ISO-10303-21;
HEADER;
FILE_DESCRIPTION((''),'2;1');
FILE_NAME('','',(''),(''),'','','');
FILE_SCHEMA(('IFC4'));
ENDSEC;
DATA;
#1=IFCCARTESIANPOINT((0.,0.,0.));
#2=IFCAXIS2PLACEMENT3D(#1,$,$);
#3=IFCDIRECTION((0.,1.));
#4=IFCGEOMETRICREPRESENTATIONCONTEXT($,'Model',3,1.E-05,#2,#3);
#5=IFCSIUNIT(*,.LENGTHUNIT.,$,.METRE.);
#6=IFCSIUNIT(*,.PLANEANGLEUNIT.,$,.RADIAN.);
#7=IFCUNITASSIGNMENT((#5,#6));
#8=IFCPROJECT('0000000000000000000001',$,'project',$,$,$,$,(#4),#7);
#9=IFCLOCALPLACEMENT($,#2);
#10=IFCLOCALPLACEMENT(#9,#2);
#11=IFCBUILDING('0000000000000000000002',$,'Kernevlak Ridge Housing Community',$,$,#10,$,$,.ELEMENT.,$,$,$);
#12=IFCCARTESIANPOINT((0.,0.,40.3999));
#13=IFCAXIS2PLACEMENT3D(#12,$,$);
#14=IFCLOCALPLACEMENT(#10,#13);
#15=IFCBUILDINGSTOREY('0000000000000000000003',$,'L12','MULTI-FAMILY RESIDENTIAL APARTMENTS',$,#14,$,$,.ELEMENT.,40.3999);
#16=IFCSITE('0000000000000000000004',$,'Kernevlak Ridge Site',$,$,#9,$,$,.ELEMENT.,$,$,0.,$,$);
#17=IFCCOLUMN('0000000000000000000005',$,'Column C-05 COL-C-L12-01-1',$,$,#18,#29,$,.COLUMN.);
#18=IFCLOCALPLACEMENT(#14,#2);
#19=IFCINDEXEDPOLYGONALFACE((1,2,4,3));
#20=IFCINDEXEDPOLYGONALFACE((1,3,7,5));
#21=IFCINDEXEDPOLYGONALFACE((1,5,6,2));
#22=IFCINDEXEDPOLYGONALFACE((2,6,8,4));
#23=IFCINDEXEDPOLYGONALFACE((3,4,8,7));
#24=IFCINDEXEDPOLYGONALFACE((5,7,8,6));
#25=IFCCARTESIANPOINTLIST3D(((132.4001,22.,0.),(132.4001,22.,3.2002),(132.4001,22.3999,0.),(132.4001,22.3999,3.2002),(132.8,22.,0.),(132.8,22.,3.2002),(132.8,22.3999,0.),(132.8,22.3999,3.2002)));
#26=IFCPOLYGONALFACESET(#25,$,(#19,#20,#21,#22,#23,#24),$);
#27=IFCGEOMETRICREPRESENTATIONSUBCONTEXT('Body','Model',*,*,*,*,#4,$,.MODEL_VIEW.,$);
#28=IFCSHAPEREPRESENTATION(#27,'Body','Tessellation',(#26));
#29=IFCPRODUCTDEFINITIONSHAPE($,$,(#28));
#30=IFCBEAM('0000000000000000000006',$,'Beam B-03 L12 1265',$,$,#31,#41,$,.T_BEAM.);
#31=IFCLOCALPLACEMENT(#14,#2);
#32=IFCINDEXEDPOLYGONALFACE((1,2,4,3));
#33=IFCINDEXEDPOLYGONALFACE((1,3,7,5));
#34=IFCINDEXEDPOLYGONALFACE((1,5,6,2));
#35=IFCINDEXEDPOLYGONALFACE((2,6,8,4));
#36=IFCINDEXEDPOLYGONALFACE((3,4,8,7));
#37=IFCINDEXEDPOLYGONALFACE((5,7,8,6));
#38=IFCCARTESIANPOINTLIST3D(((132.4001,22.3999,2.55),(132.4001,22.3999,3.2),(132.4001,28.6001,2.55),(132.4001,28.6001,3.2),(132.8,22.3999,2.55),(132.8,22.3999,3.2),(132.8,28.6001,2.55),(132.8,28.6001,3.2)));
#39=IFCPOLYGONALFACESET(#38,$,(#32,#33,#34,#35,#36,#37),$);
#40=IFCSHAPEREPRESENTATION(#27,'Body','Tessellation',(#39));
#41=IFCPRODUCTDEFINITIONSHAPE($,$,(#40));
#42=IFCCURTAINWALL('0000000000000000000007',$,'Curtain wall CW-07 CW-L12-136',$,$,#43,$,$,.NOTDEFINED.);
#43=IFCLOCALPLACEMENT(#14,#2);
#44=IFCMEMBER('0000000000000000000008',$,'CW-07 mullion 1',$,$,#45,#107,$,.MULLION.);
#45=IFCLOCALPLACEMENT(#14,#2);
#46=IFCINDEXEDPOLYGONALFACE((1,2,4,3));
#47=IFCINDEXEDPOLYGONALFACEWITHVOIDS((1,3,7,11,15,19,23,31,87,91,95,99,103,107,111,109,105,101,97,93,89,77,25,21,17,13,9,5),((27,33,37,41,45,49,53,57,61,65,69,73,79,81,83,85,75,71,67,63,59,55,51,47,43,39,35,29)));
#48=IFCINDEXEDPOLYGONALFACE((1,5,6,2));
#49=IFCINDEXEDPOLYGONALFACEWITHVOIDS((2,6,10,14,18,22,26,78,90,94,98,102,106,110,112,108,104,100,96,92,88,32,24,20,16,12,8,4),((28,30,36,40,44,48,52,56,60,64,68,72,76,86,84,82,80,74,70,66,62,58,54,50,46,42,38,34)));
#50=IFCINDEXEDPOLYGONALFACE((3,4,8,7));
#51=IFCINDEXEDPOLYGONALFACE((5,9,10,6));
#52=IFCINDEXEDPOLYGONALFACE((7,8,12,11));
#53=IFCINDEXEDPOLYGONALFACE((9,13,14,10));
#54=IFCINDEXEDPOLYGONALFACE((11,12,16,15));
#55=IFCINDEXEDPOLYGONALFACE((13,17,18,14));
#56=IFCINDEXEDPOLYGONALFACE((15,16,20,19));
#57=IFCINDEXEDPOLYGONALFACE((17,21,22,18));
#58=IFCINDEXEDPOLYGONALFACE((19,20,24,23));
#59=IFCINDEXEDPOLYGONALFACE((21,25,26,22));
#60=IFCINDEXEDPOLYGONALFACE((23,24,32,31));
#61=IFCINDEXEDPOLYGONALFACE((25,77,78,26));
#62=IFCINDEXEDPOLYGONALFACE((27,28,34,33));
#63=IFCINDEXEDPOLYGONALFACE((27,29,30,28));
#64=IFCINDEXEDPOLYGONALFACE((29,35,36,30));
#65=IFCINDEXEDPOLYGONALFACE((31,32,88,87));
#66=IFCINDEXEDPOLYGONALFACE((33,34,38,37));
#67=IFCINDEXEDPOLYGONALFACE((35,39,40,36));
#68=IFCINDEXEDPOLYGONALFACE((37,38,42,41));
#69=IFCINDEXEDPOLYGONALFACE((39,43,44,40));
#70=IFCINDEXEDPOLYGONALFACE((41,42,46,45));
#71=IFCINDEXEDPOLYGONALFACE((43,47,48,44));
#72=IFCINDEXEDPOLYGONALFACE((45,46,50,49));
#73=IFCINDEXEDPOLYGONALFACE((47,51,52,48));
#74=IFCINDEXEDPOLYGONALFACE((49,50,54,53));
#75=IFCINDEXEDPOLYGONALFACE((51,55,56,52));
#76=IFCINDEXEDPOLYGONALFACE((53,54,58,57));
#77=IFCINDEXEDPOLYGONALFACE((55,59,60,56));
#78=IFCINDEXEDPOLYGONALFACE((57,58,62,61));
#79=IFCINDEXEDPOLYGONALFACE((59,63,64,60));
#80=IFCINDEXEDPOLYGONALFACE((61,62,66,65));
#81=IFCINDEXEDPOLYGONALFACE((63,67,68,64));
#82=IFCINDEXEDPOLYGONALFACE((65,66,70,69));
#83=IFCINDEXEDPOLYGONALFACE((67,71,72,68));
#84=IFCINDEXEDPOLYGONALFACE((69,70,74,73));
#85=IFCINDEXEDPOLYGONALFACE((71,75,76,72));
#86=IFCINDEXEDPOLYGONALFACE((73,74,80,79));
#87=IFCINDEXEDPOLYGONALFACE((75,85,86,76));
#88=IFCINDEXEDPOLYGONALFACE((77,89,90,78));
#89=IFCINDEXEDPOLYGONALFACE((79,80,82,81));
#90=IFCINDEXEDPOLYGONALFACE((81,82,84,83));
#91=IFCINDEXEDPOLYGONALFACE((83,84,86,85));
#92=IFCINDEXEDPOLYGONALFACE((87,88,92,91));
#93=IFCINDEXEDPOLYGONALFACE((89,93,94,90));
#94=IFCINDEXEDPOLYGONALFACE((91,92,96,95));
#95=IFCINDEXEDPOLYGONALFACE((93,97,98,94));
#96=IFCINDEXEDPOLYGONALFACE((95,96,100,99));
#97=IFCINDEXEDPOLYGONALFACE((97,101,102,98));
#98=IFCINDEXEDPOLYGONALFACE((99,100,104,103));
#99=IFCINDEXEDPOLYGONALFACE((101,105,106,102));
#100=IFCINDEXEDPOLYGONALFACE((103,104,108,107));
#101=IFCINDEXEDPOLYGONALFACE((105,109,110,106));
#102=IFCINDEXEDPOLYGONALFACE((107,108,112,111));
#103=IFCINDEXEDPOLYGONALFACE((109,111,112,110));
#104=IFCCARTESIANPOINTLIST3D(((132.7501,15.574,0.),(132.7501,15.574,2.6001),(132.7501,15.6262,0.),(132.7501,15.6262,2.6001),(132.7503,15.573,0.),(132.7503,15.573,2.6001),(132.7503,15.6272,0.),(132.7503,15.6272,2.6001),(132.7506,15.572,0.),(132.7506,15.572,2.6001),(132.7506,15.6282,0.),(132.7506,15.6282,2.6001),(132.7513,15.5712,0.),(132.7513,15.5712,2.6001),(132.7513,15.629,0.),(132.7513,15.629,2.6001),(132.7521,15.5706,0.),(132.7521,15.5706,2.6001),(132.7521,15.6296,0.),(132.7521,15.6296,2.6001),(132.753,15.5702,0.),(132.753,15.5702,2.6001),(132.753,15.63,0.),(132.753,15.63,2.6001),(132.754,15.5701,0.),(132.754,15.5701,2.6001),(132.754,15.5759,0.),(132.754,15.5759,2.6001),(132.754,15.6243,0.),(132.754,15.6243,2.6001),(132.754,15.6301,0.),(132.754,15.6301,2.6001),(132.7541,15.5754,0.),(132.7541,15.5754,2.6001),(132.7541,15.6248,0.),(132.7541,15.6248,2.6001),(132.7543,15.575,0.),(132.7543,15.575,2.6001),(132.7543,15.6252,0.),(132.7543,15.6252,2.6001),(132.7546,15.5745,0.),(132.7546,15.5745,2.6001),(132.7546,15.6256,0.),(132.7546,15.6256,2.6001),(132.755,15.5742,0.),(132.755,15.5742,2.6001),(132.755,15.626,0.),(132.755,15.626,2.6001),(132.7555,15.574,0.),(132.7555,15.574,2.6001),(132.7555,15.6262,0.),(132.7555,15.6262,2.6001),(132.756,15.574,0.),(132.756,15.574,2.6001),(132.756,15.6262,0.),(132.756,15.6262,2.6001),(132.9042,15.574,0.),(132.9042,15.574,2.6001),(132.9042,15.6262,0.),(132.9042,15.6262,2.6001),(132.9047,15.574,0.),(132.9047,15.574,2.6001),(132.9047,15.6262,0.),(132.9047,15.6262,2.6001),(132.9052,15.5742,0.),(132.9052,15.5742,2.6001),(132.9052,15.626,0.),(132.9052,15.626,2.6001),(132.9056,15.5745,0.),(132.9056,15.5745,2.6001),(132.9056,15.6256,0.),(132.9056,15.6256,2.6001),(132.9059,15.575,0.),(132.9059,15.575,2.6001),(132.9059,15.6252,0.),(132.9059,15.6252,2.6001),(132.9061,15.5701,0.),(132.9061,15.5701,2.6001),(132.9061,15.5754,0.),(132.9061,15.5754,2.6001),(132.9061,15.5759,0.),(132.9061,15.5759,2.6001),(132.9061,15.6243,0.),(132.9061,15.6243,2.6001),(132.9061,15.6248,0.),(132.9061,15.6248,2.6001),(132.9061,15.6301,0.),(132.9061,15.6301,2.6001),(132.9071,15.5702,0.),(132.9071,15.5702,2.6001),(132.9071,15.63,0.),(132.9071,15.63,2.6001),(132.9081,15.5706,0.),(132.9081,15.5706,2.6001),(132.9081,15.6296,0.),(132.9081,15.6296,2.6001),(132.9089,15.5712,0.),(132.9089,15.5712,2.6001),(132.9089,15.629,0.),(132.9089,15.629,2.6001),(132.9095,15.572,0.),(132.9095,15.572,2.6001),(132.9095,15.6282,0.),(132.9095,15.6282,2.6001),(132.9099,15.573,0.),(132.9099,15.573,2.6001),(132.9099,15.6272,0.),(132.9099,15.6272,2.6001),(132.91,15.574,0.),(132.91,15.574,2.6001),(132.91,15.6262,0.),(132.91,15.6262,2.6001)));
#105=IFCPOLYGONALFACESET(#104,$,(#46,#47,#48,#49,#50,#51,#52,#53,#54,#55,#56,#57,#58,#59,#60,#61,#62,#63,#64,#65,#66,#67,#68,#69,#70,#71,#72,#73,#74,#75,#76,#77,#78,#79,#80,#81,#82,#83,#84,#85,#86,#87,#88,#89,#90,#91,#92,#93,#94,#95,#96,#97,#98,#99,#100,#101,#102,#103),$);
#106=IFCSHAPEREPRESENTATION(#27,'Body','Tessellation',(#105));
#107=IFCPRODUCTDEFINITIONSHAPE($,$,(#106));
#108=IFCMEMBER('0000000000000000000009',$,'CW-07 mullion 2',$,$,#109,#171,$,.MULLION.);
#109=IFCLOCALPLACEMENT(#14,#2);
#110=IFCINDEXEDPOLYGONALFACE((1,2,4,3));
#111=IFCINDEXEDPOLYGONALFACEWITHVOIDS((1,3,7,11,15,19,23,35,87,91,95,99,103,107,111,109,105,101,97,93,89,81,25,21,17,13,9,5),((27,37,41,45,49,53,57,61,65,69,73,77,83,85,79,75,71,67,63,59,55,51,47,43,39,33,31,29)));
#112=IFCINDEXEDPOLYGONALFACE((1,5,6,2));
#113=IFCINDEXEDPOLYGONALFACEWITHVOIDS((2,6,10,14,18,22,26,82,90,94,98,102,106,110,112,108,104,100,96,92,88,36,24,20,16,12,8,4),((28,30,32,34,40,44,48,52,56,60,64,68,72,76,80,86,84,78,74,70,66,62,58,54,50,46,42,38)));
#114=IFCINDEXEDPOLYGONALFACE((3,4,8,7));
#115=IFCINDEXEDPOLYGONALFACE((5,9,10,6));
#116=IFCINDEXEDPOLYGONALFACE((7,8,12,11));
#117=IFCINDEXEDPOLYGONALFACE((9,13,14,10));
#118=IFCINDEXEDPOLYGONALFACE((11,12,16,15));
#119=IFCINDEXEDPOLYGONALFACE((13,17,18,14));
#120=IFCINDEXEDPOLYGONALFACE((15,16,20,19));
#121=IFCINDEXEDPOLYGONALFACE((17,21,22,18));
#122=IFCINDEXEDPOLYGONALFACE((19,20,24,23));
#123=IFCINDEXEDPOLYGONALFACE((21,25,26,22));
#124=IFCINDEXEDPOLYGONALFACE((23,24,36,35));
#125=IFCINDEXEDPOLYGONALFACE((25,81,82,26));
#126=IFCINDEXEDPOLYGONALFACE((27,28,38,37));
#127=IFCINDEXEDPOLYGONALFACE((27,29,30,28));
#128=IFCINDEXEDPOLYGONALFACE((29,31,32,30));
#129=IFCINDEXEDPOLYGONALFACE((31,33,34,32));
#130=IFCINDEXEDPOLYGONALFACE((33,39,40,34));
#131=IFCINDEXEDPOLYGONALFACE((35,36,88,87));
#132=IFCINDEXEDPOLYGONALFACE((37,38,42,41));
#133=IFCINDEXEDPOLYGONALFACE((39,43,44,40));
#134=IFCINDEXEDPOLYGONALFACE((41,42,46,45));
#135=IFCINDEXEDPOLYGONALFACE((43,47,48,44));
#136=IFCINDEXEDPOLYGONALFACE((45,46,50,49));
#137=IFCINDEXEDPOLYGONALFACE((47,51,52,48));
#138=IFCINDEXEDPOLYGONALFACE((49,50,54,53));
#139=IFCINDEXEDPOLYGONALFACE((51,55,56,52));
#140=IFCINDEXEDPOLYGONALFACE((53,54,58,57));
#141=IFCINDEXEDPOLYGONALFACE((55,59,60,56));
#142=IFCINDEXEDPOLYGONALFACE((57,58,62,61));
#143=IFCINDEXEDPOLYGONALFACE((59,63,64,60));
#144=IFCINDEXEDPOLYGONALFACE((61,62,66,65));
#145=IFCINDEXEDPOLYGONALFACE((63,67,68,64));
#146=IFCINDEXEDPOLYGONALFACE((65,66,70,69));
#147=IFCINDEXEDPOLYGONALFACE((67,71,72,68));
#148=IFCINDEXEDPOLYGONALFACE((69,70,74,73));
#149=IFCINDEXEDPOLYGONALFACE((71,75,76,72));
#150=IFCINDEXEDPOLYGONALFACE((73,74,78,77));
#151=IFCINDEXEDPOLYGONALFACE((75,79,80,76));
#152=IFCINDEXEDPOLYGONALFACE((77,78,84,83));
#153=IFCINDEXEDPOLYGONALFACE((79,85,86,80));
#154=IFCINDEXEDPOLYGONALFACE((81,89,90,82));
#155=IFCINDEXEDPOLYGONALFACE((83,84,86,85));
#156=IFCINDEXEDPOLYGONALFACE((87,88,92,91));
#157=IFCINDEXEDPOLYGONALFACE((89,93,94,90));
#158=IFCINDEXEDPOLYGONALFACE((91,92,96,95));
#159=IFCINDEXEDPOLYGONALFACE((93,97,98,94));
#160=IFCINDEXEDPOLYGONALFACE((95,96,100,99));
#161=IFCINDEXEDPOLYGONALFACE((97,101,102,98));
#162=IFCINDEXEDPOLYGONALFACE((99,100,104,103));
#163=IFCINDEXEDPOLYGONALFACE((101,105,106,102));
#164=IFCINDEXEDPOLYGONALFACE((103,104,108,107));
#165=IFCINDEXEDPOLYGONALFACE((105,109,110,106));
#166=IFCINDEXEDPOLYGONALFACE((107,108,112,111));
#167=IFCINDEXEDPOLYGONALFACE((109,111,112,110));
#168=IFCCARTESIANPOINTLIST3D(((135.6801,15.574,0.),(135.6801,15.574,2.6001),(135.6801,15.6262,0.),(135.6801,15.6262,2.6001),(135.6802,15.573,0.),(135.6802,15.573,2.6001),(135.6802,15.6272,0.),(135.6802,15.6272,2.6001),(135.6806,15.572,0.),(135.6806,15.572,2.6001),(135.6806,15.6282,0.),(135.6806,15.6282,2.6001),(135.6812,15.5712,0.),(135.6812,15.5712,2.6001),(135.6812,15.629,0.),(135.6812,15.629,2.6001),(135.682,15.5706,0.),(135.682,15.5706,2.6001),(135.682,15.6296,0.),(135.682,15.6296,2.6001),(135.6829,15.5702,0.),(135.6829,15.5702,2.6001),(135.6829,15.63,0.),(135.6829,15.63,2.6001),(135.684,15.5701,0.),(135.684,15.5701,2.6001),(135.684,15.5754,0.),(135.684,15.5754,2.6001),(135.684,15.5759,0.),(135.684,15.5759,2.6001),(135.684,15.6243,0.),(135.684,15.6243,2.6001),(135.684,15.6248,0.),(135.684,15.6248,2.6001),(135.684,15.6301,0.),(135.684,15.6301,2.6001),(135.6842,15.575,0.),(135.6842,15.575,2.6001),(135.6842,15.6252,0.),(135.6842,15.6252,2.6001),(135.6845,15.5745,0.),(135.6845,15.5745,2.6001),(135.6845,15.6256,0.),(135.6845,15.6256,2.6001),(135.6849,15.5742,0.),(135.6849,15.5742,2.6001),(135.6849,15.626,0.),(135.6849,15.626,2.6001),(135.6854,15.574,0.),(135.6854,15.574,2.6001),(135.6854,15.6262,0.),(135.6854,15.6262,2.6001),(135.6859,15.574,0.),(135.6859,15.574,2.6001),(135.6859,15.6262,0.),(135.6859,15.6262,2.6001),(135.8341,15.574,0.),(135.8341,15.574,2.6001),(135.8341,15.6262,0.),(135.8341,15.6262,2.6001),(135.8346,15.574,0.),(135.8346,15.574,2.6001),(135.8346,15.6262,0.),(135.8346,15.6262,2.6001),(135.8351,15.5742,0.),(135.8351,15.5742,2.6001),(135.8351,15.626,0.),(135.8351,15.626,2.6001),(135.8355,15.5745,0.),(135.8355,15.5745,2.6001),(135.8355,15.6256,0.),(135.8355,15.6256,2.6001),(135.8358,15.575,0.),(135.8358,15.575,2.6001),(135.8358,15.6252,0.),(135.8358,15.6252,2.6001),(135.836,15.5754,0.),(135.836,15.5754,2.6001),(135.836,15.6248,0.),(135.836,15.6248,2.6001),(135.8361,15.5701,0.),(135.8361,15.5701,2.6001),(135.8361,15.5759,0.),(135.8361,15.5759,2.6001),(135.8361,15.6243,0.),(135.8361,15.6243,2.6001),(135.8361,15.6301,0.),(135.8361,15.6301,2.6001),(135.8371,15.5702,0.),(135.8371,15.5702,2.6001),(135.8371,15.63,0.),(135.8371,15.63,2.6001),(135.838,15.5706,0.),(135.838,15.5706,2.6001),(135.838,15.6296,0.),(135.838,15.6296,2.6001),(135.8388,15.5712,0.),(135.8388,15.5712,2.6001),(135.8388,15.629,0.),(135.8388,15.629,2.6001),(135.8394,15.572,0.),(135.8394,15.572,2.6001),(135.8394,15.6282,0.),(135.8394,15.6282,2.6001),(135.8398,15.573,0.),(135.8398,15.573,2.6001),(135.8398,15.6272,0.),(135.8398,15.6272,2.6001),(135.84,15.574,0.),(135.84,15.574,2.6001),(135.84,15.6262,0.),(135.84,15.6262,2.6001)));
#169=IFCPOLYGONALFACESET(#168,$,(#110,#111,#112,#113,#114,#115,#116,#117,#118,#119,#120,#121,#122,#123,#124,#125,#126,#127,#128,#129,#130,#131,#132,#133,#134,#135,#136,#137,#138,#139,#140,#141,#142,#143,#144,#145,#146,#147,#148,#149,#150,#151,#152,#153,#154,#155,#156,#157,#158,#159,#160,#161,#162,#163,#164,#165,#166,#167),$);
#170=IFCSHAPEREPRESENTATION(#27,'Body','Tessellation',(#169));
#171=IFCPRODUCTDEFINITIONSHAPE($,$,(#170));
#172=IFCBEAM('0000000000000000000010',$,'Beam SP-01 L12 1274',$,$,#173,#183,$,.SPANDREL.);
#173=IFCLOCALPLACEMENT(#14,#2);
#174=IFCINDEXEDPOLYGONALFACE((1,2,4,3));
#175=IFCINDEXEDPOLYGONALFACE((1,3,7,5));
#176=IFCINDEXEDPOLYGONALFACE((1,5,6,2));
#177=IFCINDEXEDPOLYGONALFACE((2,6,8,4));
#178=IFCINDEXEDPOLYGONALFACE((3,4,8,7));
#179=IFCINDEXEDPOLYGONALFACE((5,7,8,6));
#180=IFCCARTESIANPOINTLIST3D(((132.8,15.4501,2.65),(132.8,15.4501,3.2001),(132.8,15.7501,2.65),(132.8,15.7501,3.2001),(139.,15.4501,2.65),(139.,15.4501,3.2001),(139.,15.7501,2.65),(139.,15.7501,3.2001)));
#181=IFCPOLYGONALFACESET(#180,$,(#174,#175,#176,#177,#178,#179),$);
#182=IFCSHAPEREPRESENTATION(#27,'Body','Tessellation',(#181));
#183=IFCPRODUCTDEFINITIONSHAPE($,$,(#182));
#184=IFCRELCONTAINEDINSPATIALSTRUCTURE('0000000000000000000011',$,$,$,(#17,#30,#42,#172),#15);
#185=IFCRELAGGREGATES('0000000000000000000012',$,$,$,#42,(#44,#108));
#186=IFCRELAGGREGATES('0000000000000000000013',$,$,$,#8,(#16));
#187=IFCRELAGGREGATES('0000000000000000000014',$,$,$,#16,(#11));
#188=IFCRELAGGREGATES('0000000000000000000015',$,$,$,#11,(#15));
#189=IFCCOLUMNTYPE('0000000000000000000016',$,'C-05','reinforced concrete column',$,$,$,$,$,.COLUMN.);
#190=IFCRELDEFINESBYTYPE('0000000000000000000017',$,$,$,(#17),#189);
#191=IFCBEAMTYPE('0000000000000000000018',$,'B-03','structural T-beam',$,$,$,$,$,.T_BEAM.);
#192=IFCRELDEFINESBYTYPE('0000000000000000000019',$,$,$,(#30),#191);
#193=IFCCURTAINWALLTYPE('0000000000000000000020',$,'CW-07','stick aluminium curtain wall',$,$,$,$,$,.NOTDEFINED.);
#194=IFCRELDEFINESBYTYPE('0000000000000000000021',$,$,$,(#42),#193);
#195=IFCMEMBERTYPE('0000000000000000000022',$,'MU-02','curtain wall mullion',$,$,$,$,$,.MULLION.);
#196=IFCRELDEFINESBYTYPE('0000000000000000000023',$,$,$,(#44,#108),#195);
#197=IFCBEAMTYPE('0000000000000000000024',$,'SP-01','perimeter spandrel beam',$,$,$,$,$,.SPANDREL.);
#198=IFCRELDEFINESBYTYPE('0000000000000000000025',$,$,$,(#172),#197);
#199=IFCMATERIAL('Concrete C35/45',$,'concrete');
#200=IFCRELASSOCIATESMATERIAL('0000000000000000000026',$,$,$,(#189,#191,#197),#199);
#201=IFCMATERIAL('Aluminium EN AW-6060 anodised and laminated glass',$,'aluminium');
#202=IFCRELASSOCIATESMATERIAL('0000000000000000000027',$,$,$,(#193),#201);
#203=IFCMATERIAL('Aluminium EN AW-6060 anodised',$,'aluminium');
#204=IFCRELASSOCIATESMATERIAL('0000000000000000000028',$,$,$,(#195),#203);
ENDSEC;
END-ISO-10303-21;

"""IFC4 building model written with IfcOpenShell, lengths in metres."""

from ifc_helpers import new_model, si_unit, direction, frame, origin, origin_2d, place, context, subcontext, project, spatial, rectangle, hollow_rectangle, extrude, material, material_profile, profile_set, type_object, element, aggregate, save


model = new_model("IFC4")

# Units and contexts
model_context = context("Model", 3, precision=1e-05, world=origin(), true_north=direction((0.0, 1.0)))
body_context = subcontext(model_context, "Body", "Model", "MODEL_VIEW")
ifc_project = project(units=[si_unit("LENGTHUNIT", "METRE"), si_unit("PLANEANGLEUNIT", "RADIAN")], contexts=[model_context])

# Site, building, storey
site_placement = place(None, origin())
site = spatial("IfcSite", under=ifc_project, at=site_placement, Name="Kernevlak Ridge Site", CompositionType="ELEMENT", RefElevation=0.0)
building_placement = place(site_placement, origin())
building = spatial("IfcBuilding", under=site, at=building_placement, Name="Kernevlak Ridge Housing Community", CompositionType="ELEMENT")
storey_placement = place(building_placement, frame((0.0, 0.0, 40.3999)))
storey = spatial("IfcBuildingStorey", under=building, at=storey_placement, Name="L12", Description="MULTI-FAMILY RESIDENTIAL APARTMENTS", CompositionType="ELEMENT", Elevation=40.3999)

# Column
ifc_material_1 = material(Name="Concrete C35/45", Category="concrete")
ifc_material_profile_1 = material_profile(ifc_material_1, rectangle(XDim=0.3999, YDim=0.3999, at=origin_2d()), Name="RC 400x400")
ifc_profile_set_1 = profile_set([ifc_material_profile_1], Name="Concrete C35/45")
column_type = type_object("IfcColumnType", Name="C-05", Description="reinforced concrete column", PredefinedType="COLUMN", material=ifc_profile_set_1)
column_placement = place(storey_placement, frame((132.6001, 22.2, 0.0), z_axis=(0.0, 0.0, 1.0), x_axis=(1.0, 0.0, 0.0)))
element("IfcColumn", 1, at=column_placement, inside=storey, type_object=column_type, Name="Column C-05 COL-C-L12-01-1", PredefinedType="COLUMN", context=body_context, shape_type="SweptSolid", body=[
    extrude(rectangle(XDim=0.3999, YDim=0.3999, at=origin_2d()), origin(), (0.0, 0.0, 1.0), 3.2002),
])

# Beam
ifc_material_profile_2 = material_profile(ifc_material_1, rectangle(XDim=0.3999, YDim=0.6499, at=origin_2d()), Name="RC 400x650")
ifc_profile_set_2 = profile_set([ifc_material_profile_2], Name="Concrete C35/45")
beam_type_1 = type_object("IfcBeamType", Name="B-03", Description="structural T-beam", PredefinedType="T_BEAM", material=ifc_profile_set_2)
beam_1_placement = place(storey_placement, frame((132.6001, 22.3999, 2.875), z_axis=(0.0, 1.0, 0.0), x_axis=(-1.0, 0.0, 0.0)))
element("IfcBeam", 2, at=beam_1_placement, inside=storey, type_object=beam_type_1, Name="Beam B-03 L12 1265", PredefinedType="T_BEAM", context=body_context, shape_type="SweptSolid", body=[
    extrude(rectangle(XDim=0.3999, YDim=0.6499, at=origin_2d()), origin(), (0.0, 0.0, 1.0), 6.2002),
])

# Curtain wall, members
ifc_material_2 = material(Name="Aluminium EN AW-6060 anodised and laminated glass", Category="aluminium")
curtain_wall_type = type_object("IfcCurtainWallType", Name="CW-07", Description="stick aluminium curtain wall", PredefinedType="NOTDEFINED", material=ifc_material_2)
curtain_wall_placement = place(storey_placement, origin())
curtain_wall = element("IfcCurtainWall", 3, at=curtain_wall_placement, inside=storey, type_object=curtain_wall_type, Name="Curtain wall CW-07 CW-L12-136", PredefinedType="NOTDEFINED")
ifc_material_3 = material(Name="Aluminium EN AW-6060 anodised", Category="aluminium")
ifc_material_profile_3 = material_profile(ifc_material_3, hollow_rectangle(XDim=0.0601, YDim=0.1599, WallThickness=0.0039, InnerFilletRadius=0.002, OuterFilletRadius=0.0039, at=origin_2d()), Name="ALU 60x160x4")
ifc_profile_set_3 = profile_set([ifc_material_profile_3], Name="Aluminium EN AW-6060 anodised")
member_type_1 = type_object("IfcMemberType", Name="MU-02", Description="curtain wall mullion", PredefinedType="MULLION", material=ifc_profile_set_3)
member_1_placement = place(storey_placement, frame((132.8301, 15.6001, 0.0), z_axis=(0.0, 0.0, 1.0), x_axis=(0.0, 1.0, 0.0)))
member_1 = element("IfcMember", 4, at=member_1_placement, type_object=member_type_1, Name="CW-07 mullion 1", PredefinedType="MULLION", context=body_context, shape_type="SweptSolid", body=[
    extrude(hollow_rectangle(XDim=0.0601, YDim=0.1599, WallThickness=0.0039, InnerFilletRadius=0.002, OuterFilletRadius=0.0039, at=origin_2d()), origin(), (0.0, 0.0, 1.0), 2.6001),
])
member_2_placement = place(storey_placement, frame((135.76, 15.6001, 0.0), z_axis=(0.0, 0.0, 1.0), x_axis=(0.0, 1.0, 0.0)))
member_2 = element("IfcMember", 5, at=member_2_placement, type_object=member_type_1, Name="CW-07 mullion 2", PredefinedType="MULLION", context=body_context, shape_type="SweptSolid", body=[
    extrude(hollow_rectangle(XDim=0.0601, YDim=0.1599, WallThickness=0.0039, InnerFilletRadius=0.002, OuterFilletRadius=0.0039, at=origin_2d()), origin(), (0.0, 0.0, 1.0), 2.6001),
])

# Beam
ifc_material_profile_4 = material_profile(ifc_material_1, rectangle(XDim=0.3, YDim=0.55, at=origin_2d()), Name="RC 300x550")
ifc_profile_set_4 = profile_set([ifc_material_profile_4], Name="Concrete C35/45")
beam_type_2 = type_object("IfcBeamType", Name="SP-01", Description="perimeter spandrel beam", PredefinedType="SPANDREL", material=ifc_profile_set_4)
beam_2_placement = place(storey_placement, frame((132.8, 15.6001, 2.925), z_axis=(1.0, 0.0, 0.0), x_axis=(0.0, 1.0, 0.0)))
element("IfcBeam", 6, at=beam_2_placement, inside=storey, type_object=beam_type_2, Name="Beam SP-01 L12 1274", PredefinedType="SPANDREL", context=body_context, shape_type="SweptSolid", body=[
    extrude(rectangle(XDim=0.3, YDim=0.55, at=origin_2d()), origin(), (0.0, 0.0, 1.0), 6.2),
])

aggregate(curtain_wall, [member_1, member_2])

save(model, "model.ifc")
